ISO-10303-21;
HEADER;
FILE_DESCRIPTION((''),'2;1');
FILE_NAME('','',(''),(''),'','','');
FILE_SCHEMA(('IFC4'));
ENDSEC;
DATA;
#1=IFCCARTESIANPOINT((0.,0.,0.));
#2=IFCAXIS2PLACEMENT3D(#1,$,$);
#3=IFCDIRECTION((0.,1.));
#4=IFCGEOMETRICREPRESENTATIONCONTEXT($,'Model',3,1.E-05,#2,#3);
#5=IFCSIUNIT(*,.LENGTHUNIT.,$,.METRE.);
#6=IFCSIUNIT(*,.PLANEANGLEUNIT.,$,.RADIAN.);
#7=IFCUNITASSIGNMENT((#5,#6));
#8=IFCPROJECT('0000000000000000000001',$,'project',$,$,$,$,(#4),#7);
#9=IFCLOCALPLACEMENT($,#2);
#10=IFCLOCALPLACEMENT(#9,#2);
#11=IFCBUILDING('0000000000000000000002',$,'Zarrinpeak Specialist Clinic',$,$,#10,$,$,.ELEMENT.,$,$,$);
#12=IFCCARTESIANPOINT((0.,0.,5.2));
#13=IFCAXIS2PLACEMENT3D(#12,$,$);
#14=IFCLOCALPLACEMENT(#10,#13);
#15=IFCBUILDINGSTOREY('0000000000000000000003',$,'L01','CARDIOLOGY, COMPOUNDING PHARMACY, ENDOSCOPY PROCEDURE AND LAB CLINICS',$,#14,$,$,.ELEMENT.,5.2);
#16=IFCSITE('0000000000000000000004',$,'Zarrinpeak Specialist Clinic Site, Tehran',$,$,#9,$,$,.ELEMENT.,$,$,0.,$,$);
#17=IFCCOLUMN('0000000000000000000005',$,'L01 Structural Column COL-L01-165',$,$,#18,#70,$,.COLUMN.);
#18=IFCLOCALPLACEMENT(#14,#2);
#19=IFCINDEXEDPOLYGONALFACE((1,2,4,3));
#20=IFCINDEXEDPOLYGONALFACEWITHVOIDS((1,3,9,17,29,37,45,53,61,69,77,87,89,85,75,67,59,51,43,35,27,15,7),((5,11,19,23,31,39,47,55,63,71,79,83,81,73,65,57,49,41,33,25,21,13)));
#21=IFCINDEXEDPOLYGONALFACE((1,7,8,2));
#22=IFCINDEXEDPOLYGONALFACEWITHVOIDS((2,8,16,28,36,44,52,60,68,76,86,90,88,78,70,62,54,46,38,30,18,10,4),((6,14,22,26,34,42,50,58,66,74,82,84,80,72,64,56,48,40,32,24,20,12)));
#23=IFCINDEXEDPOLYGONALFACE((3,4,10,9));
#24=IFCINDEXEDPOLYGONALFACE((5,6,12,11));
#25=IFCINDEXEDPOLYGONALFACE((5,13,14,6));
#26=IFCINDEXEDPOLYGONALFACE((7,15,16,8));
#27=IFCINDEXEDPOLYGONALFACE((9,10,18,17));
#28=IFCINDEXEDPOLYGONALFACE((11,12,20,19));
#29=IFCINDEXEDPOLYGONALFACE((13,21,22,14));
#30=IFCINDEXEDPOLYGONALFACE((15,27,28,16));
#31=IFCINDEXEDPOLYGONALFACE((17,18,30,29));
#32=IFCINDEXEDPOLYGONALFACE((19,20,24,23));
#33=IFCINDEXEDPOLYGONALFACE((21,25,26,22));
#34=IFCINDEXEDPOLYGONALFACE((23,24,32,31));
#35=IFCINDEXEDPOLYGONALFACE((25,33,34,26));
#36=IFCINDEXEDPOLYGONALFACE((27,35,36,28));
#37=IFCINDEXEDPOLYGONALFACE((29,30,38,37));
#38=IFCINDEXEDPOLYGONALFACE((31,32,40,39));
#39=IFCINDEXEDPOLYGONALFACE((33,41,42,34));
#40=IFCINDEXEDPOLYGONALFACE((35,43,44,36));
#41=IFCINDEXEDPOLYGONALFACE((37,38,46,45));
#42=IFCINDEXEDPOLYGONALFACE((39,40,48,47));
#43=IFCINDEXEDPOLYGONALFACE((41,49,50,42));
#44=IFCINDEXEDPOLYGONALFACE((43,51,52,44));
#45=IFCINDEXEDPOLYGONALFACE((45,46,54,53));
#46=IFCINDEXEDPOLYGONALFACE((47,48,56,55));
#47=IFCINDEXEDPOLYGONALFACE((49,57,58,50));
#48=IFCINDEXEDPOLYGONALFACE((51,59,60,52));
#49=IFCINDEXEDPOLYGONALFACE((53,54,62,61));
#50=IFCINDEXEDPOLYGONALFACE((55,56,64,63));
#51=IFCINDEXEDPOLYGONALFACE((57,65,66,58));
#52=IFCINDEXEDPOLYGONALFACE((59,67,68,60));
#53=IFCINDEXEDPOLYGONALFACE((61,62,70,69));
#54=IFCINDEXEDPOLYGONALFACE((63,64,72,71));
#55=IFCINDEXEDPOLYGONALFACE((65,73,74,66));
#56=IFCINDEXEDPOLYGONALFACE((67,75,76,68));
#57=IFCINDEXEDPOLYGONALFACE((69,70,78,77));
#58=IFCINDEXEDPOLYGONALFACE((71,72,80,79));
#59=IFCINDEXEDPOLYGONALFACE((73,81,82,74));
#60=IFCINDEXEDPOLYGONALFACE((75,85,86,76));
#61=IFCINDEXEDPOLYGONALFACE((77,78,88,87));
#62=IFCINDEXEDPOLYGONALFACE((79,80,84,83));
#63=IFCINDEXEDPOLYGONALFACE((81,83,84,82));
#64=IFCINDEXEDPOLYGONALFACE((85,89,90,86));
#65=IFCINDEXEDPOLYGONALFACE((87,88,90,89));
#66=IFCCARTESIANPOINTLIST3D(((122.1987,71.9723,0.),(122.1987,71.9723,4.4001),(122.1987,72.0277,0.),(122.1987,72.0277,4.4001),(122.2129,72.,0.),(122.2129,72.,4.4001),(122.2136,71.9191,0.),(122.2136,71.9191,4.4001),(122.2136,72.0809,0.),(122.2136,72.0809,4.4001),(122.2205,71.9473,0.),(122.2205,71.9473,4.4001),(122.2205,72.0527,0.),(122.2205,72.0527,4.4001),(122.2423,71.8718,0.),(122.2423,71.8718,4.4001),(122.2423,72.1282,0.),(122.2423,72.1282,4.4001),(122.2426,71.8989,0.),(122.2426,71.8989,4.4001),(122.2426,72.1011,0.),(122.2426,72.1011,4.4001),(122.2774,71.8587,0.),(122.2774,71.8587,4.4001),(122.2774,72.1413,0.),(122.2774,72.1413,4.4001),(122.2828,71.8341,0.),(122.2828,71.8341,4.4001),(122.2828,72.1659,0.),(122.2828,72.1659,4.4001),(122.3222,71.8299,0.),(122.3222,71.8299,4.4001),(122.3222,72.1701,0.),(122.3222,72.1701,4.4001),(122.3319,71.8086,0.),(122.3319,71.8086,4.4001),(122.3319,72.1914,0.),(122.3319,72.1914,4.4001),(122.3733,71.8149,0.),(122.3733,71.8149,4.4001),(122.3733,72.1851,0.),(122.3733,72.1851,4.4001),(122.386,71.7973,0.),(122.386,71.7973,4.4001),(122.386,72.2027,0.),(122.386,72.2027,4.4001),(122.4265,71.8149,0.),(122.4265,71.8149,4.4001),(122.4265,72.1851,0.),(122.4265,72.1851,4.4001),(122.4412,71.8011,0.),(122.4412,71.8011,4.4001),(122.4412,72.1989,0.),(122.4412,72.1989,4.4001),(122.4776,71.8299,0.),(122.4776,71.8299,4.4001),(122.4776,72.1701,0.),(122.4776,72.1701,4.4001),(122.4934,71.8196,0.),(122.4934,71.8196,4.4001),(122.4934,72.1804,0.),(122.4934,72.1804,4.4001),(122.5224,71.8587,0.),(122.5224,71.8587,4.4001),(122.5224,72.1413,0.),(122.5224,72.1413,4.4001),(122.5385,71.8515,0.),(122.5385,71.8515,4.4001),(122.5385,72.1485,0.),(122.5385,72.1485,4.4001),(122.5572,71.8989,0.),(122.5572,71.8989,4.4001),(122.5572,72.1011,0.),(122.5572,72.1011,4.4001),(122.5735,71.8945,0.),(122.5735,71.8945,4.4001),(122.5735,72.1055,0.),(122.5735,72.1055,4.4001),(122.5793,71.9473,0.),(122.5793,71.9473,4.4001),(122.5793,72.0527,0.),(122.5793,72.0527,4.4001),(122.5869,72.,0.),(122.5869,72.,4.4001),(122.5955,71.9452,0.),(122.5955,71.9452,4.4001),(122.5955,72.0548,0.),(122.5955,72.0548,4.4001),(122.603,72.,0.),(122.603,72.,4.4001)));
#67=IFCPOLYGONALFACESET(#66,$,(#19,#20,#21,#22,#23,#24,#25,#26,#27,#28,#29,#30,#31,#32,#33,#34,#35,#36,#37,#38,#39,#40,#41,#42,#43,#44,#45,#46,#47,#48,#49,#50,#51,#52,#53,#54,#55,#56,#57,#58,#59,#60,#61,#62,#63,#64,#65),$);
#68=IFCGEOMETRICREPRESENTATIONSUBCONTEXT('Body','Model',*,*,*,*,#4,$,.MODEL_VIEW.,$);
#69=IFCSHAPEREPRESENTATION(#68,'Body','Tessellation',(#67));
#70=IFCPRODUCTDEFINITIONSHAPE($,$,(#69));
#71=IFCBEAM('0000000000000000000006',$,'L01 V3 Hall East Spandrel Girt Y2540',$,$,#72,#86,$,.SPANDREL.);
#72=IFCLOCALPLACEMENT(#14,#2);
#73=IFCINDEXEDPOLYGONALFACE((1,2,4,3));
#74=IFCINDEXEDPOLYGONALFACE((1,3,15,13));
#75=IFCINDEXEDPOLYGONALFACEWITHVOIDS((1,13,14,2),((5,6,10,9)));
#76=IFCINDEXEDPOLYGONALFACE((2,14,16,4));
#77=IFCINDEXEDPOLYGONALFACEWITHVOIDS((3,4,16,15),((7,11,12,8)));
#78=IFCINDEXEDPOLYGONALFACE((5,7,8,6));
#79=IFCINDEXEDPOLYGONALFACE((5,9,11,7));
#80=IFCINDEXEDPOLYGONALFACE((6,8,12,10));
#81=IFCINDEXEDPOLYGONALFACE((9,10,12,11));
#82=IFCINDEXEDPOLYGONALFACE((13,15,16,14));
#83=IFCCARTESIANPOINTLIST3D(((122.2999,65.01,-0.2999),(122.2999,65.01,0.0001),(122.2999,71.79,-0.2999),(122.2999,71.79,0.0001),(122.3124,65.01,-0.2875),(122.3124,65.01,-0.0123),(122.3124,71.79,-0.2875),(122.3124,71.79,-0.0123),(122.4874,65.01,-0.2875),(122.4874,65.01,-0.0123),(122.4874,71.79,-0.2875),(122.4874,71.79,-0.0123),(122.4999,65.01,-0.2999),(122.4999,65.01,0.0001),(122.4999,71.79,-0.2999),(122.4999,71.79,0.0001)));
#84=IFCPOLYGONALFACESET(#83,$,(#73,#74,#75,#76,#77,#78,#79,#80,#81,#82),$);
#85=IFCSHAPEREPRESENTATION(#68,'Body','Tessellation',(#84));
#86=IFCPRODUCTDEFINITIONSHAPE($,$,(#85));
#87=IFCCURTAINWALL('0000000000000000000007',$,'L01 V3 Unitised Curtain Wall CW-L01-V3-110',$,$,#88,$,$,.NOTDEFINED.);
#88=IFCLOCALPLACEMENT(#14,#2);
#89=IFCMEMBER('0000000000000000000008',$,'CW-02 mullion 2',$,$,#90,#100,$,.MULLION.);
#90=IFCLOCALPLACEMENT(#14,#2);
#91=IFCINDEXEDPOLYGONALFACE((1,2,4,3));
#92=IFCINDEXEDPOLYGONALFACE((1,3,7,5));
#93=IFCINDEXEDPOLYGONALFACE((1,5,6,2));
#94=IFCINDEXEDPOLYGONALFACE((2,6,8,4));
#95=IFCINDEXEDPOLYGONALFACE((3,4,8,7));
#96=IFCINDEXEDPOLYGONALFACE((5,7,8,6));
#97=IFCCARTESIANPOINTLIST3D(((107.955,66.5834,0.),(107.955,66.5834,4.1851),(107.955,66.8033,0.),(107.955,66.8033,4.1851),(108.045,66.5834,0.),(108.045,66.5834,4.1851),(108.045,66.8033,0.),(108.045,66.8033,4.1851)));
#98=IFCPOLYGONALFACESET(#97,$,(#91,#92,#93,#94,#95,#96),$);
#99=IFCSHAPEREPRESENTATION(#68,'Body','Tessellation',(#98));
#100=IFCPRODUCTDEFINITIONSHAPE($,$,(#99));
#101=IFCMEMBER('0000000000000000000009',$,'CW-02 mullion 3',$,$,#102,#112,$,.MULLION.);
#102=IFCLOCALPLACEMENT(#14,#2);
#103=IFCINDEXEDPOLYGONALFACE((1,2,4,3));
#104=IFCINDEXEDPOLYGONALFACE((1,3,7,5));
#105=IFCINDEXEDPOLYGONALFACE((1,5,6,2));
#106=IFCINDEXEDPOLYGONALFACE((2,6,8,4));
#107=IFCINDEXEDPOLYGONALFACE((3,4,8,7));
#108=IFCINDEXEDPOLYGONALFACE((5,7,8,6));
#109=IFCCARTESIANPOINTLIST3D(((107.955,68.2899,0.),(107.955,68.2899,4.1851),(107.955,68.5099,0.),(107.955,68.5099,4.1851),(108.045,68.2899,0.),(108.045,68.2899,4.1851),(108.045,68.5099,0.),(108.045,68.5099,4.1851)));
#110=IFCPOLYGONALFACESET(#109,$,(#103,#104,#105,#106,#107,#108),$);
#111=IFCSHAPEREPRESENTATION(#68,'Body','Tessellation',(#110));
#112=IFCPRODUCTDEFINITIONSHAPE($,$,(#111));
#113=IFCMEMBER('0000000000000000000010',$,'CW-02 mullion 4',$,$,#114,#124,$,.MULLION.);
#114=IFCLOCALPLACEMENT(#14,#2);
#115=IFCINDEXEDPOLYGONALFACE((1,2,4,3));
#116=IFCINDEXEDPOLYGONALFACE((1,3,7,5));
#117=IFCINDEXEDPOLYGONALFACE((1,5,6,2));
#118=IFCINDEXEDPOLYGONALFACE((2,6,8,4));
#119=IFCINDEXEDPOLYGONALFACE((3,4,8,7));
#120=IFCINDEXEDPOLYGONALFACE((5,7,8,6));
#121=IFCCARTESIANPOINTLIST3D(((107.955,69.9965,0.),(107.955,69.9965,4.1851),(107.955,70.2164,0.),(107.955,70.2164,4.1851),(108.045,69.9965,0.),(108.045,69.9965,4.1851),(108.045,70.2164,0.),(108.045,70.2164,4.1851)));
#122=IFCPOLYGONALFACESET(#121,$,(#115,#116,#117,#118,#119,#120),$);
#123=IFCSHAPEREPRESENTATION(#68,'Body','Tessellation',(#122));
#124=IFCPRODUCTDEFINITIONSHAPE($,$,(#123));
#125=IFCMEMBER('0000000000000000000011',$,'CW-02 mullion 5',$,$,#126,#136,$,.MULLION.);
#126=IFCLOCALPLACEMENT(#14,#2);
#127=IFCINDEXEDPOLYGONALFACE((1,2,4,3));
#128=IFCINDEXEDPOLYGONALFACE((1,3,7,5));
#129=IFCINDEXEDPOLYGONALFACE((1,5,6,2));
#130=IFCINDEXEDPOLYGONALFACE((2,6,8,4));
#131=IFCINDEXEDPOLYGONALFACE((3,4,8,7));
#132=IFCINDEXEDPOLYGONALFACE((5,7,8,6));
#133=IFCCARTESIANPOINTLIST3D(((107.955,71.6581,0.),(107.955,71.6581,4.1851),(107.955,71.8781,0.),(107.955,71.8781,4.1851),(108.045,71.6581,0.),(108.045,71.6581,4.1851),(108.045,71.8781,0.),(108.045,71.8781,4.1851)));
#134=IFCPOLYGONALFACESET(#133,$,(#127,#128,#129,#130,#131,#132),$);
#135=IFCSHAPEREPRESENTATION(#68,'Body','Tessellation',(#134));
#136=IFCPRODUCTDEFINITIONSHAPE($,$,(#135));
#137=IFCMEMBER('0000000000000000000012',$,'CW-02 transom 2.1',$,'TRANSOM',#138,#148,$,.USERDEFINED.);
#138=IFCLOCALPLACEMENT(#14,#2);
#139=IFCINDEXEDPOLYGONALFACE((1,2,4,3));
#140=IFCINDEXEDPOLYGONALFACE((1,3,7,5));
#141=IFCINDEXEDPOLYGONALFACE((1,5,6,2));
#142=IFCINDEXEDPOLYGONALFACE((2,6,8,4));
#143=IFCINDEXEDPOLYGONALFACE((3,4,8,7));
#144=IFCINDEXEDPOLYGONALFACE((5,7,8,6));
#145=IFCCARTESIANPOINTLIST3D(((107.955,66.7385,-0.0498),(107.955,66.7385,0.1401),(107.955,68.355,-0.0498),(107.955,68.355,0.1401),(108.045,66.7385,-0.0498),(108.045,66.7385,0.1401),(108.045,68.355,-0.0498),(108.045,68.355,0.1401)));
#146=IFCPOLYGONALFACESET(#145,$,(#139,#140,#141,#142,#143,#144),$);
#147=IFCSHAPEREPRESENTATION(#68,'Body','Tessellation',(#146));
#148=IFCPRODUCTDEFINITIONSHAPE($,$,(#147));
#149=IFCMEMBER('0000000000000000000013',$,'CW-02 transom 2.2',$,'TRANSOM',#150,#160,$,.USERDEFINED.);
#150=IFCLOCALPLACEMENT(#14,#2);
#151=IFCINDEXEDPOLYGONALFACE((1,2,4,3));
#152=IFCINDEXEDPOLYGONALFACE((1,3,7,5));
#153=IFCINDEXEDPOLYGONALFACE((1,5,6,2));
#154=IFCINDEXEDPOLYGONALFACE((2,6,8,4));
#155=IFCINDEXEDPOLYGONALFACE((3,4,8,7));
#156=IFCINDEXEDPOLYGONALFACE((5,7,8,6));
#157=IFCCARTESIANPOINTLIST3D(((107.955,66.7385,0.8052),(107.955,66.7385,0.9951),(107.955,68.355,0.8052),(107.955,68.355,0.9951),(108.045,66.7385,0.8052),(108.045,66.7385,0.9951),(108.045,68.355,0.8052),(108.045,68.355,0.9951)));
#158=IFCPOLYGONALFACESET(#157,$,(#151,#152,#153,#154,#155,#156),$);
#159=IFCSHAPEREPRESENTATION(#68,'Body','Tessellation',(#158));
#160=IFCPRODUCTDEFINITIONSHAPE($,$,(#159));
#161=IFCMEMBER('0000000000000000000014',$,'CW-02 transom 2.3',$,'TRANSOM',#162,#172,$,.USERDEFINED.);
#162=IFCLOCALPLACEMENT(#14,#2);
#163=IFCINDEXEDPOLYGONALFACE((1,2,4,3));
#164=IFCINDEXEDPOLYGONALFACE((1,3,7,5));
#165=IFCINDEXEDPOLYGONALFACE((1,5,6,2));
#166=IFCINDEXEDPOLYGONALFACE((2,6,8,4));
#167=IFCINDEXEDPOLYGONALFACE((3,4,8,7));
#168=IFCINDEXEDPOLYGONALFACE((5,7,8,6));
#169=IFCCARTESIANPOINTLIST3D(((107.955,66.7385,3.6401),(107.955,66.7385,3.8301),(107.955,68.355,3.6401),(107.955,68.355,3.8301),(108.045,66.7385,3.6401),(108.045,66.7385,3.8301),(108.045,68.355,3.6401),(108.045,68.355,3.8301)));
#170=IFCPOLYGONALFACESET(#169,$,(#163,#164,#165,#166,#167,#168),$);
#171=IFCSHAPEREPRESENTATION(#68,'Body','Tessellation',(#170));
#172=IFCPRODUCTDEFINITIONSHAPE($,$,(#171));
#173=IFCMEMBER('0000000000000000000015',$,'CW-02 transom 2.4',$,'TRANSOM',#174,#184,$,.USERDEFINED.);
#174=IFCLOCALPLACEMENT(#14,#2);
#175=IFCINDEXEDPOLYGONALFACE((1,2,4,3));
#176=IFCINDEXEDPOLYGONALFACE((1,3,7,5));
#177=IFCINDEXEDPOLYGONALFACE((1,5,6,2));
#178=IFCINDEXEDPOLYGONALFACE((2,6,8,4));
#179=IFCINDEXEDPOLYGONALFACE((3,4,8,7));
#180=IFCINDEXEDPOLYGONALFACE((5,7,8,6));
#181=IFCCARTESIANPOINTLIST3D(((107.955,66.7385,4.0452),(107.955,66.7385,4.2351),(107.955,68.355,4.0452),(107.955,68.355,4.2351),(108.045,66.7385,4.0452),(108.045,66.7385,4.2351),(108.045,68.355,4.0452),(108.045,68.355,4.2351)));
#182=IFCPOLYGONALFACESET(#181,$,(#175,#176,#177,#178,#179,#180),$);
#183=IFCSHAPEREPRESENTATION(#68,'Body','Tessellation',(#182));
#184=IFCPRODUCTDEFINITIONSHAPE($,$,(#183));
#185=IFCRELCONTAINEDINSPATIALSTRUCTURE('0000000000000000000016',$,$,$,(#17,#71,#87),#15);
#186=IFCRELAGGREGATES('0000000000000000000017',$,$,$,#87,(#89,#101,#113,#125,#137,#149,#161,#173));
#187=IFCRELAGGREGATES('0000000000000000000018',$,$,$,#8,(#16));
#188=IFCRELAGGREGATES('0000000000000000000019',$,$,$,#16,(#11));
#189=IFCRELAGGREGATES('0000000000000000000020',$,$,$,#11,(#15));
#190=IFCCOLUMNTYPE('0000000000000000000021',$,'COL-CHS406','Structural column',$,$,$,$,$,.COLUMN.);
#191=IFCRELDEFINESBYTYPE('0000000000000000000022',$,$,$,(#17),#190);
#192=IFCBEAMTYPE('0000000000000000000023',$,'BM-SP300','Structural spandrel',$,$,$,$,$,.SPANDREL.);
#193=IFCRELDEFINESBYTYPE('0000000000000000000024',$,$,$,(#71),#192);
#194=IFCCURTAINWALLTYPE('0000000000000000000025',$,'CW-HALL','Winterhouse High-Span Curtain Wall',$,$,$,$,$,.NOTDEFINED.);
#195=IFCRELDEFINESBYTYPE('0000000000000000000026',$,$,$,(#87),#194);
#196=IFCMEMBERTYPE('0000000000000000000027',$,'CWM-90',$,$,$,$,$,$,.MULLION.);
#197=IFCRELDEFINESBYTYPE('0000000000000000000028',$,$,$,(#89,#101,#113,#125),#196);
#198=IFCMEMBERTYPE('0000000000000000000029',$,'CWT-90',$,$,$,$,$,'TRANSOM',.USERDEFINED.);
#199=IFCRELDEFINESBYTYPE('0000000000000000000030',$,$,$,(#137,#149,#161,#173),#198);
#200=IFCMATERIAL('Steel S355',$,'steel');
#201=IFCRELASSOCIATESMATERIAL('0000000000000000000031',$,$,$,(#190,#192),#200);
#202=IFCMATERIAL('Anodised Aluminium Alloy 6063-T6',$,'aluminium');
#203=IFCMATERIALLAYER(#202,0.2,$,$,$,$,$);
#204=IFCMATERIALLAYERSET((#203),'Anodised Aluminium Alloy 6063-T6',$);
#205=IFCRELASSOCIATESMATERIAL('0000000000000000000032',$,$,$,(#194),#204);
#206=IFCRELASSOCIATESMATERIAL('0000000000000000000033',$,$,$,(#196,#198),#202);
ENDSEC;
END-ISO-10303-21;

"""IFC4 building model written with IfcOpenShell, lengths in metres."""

from ifc_helpers import new_model, si_unit, direction, frame, origin, origin_2d, place, context, subcontext, project, spatial, rectangle, hollow_rectangle, hollow_circle, extrude, material, layer, layer_set, material_profile, profile_set, type_object, element, aggregate, save


model = new_model("IFC4")

# Units and contexts
model_context = context("Model", 3, precision=1e-05, world=origin(), true_north=direction((0.0, 1.0)))
body_context = subcontext(model_context, "Body", "Model", "MODEL_VIEW")
ifc_project = project(units=[si_unit("LENGTHUNIT", "METRE"), si_unit("PLANEANGLEUNIT", "RADIAN")], contexts=[model_context])

# Site, building, storey
site_placement = place(None, origin())
site = spatial("IfcSite", under=ifc_project, at=site_placement, Name="Zarrinpeak Specialist Clinic Site, Tehran", CompositionType="ELEMENT", RefElevation=0.0)
building_placement = place(site_placement, origin())
building = spatial("IfcBuilding", under=site, at=building_placement, Name="Zarrinpeak Specialist Clinic", CompositionType="ELEMENT")
storey_placement = place(building_placement, frame((0.0, 0.0, 5.2)))
storey = spatial("IfcBuildingStorey", under=building, at=storey_placement, Name="L01", Description="CARDIOLOGY, COMPOUNDING PHARMACY, ENDOSCOPY PROCEDURE AND LAB CLINICS", CompositionType="ELEMENT", Elevation=5.2)

# Column
ifc_material_1 = material(Name="Steel S355", Category="steel")
ifc_material_profile_1 = material_profile(ifc_material_1, hollow_circle(Radius=0.2031, WallThickness=0.0161, at=origin_2d()), Name="CHS 406.4x16.0")
ifc_profile_set_1 = profile_set([ifc_material_profile_1], Name="Steel S355")
column_type_1 = type_object("IfcColumnType", Name="COL-CHS406", Description="Structural column", PredefinedType="COLUMN", material=ifc_profile_set_1)
for number, where, z_axis, x_axis, name in (
    (1, (122.3999, 72.0, 0.0), (0.0, 0.0, 1.0), (1.0, 0.0, 0.0), "L01 Structural Column COL-L01-165"),
):
    element("IfcColumn", number, at=place(storey_placement, frame(where, z_axis=z_axis, x_axis=x_axis)), inside=storey, type_object=column_type_1, Name=name, PredefinedType="COLUMN", context=body_context, shape_type="SweptSolid", body=[
        extrude(hollow_circle(Radius=0.2031, WallThickness=0.0161, at=origin_2d()), origin(), (0.0, 0.0, 1.0), 4.4001),
    ])

# Beam
ifc_material_profile_2 = material_profile(ifc_material_1, hollow_rectangle(XDim=0.2, YDim=0.3, WallThickness=0.0125, at=origin_2d()), Name="RHS 300x200x12.5")
ifc_profile_set_2 = profile_set([ifc_material_profile_2], Name="Steel S355")
beam_type = type_object("IfcBeamType", Name="BM-SP300", Description="Structural spandrel", PredefinedType="SPANDREL", material=ifc_profile_set_2)
beam_placement = place(storey_placement, frame((122.3999, 65.01, -0.1499), z_axis=(0.0, 1.0, 0.0), x_axis=(-1.0, 0.0, 0.0)))
element("IfcBeam", 2, at=beam_placement, inside=storey, type_object=beam_type, Name="L01 V3 Hall East Spandrel Girt Y2540", PredefinedType="SPANDREL", context=body_context, shape_type="SweptSolid", body=[
    extrude(hollow_rectangle(XDim=0.2, YDim=0.3, WallThickness=0.0125, at=origin_2d()), origin(), (0.0, 0.0, 1.0), 6.78),
])

# Curtain wall, members
ifc_material_2 = material(Name="Anodised Aluminium Alloy 6063-T6", Category="aluminium")
ifc_layer_1 = layer(ifc_material_2, 0.2)
ifc_layer_set_1 = layer_set([ifc_layer_1], Name="Anodised Aluminium Alloy 6063-T6")
curtain_wall_type = type_object("IfcCurtainWallType", Name="CW-HALL", Description="Winterhouse High-Span Curtain Wall", PredefinedType="NOTDEFINED", material=ifc_layer_set_1)
curtain_wall_placement = place(storey_placement, origin())
curtain_wall = element("IfcCurtainWall", 3, at=curtain_wall_placement, inside=storey, type_object=curtain_wall_type, Name="L01 V3 Unitised Curtain Wall CW-L01-V3-110", PredefinedType="NOTDEFINED")
ifc_material_profile_3 = material_profile(ifc_material_2, rectangle(XDim=0.0901, YDim=0.22, at=origin_2d()), Name="ALU 90x220")
ifc_profile_set_3 = profile_set([ifc_material_profile_3], Name="Anodised Aluminium Alloy 6063-T6")
member_type_1 = type_object("IfcMemberType", Name="CWM-90", PredefinedType="MULLION", material=ifc_profile_set_3)
member_1_placement = place(storey_placement, frame((108.0, 66.6934, 0.0), z_axis=(0.0, 0.0, 1.0), x_axis=(-1.0, 0.0, 0.0)))
member_1 = element("IfcMember", 4, at=member_1_placement, type_object=member_type_1, Name="CW-02 mullion 2", PredefinedType="MULLION", context=body_context, shape_type="SweptSolid", body=[
    extrude(rectangle(XDim=0.0901, YDim=0.22, at=origin_2d()), origin(), (0.0, 0.0, 1.0), 4.1851),
])
member_2_placement = place(storey_placement, frame((108.0, 68.3999, 0.0), z_axis=(0.0, 0.0, 1.0), x_axis=(-1.0, 0.0, 0.0)))
member_2 = element("IfcMember", 5, at=member_2_placement, type_object=member_type_1, Name="CW-02 mullion 3", PredefinedType="MULLION", context=body_context, shape_type="SweptSolid", body=[
    extrude(rectangle(XDim=0.0901, YDim=0.22, at=origin_2d()), origin(), (0.0, 0.0, 1.0), 4.1851),
])
member_3_placement = place(storey_placement, frame((108.0, 70.1064, 0.0), z_axis=(0.0, 0.0, 1.0), x_axis=(-1.0, 0.0, 0.0)))
member_3 = element("IfcMember", 6, at=member_3_placement, type_object=member_type_1, Name="CW-02 mullion 4", PredefinedType="MULLION", context=body_context, shape_type="SweptSolid", body=[
    extrude(rectangle(XDim=0.0901, YDim=0.22, at=origin_2d()), origin(), (0.0, 0.0, 1.0), 4.1851),
])
member_4_placement = place(storey_placement, frame((108.0, 71.7681, 0.0), z_axis=(0.0, 0.0, 1.0), x_axis=(-1.0, 0.0, 0.0)))
member_4 = element("IfcMember", 7, at=member_4_placement, type_object=member_type_1, Name="CW-02 mullion 5", PredefinedType="MULLION", context=body_context, shape_type="SweptSolid", body=[
    extrude(rectangle(XDim=0.0901, YDim=0.22, at=origin_2d()), origin(), (0.0, 0.0, 1.0), 4.1851),
])
ifc_material_profile_4 = material_profile(ifc_material_2, rectangle(XDim=0.0901, YDim=0.1899, at=origin_2d()), Name="ALU 90x190")
ifc_profile_set_4 = profile_set([ifc_material_profile_4], Name="Anodised Aluminium Alloy 6063-T6")
member_type_2 = type_object("IfcMemberType", Name="CWT-90", ElementType="TRANSOM", PredefinedType="USERDEFINED", material=ifc_profile_set_4)
member_5_placement = place(storey_placement, frame((108.0, 66.7385, 0.0452), z_axis=(0.0, 1.0, 0.0), x_axis=(-1.0, 0.0, 0.0)))
member_5 = element("IfcMember", 8, at=member_5_placement, type_object=member_type_2, Name="CW-02 transom 2.1", ObjectType="TRANSOM", PredefinedType="USERDEFINED", context=body_context, shape_type="SweptSolid", body=[
    extrude(rectangle(XDim=0.0901, YDim=0.1899, at=origin_2d()), origin(), (0.0, 0.0, 1.0), 1.6165),
])
member_6_placement = place(storey_placement, frame((108.0, 66.7385, 0.9001), z_axis=(0.0, 1.0, 0.0), x_axis=(-1.0, 0.0, 0.0)))
member_6 = element("IfcMember", 9, at=member_6_placement, type_object=member_type_2, Name="CW-02 transom 2.2", ObjectType="TRANSOM", PredefinedType="USERDEFINED", context=body_context, shape_type="SweptSolid", body=[
    extrude(rectangle(XDim=0.0901, YDim=0.1899, at=origin_2d()), origin(), (0.0, 0.0, 1.0), 1.6165),
])
member_7_placement = place(storey_placement, frame((108.0, 66.7385, 3.7351), z_axis=(0.0, 1.0, 0.0), x_axis=(-1.0, 0.0, 0.0)))
member_7 = element("IfcMember", 10, at=member_7_placement, type_object=member_type_2, Name="CW-02 transom 2.3", ObjectType="TRANSOM", PredefinedType="USERDEFINED", context=body_context, shape_type="SweptSolid", body=[
    extrude(rectangle(XDim=0.0901, YDim=0.1899, at=origin_2d()), origin(), (0.0, 0.0, 1.0), 1.6165),
])
member_8_placement = place(storey_placement, frame((108.0, 66.7385, 4.1401), z_axis=(0.0, 1.0, 0.0), x_axis=(-1.0, 0.0, 0.0)))
member_8 = element("IfcMember", 11, at=member_8_placement, type_object=member_type_2, Name="CW-02 transom 2.4", ObjectType="TRANSOM", PredefinedType="USERDEFINED", context=body_context, shape_type="SweptSolid", body=[
    extrude(rectangle(XDim=0.0901, YDim=0.1899, at=origin_2d()), origin(), (0.0, 0.0, 1.0), 1.6165),
])
aggregate(curtain_wall, [member_1, member_2, member_3, member_4, member_5, member_6, member_7, member_8])

save(model, "model.ifc")
